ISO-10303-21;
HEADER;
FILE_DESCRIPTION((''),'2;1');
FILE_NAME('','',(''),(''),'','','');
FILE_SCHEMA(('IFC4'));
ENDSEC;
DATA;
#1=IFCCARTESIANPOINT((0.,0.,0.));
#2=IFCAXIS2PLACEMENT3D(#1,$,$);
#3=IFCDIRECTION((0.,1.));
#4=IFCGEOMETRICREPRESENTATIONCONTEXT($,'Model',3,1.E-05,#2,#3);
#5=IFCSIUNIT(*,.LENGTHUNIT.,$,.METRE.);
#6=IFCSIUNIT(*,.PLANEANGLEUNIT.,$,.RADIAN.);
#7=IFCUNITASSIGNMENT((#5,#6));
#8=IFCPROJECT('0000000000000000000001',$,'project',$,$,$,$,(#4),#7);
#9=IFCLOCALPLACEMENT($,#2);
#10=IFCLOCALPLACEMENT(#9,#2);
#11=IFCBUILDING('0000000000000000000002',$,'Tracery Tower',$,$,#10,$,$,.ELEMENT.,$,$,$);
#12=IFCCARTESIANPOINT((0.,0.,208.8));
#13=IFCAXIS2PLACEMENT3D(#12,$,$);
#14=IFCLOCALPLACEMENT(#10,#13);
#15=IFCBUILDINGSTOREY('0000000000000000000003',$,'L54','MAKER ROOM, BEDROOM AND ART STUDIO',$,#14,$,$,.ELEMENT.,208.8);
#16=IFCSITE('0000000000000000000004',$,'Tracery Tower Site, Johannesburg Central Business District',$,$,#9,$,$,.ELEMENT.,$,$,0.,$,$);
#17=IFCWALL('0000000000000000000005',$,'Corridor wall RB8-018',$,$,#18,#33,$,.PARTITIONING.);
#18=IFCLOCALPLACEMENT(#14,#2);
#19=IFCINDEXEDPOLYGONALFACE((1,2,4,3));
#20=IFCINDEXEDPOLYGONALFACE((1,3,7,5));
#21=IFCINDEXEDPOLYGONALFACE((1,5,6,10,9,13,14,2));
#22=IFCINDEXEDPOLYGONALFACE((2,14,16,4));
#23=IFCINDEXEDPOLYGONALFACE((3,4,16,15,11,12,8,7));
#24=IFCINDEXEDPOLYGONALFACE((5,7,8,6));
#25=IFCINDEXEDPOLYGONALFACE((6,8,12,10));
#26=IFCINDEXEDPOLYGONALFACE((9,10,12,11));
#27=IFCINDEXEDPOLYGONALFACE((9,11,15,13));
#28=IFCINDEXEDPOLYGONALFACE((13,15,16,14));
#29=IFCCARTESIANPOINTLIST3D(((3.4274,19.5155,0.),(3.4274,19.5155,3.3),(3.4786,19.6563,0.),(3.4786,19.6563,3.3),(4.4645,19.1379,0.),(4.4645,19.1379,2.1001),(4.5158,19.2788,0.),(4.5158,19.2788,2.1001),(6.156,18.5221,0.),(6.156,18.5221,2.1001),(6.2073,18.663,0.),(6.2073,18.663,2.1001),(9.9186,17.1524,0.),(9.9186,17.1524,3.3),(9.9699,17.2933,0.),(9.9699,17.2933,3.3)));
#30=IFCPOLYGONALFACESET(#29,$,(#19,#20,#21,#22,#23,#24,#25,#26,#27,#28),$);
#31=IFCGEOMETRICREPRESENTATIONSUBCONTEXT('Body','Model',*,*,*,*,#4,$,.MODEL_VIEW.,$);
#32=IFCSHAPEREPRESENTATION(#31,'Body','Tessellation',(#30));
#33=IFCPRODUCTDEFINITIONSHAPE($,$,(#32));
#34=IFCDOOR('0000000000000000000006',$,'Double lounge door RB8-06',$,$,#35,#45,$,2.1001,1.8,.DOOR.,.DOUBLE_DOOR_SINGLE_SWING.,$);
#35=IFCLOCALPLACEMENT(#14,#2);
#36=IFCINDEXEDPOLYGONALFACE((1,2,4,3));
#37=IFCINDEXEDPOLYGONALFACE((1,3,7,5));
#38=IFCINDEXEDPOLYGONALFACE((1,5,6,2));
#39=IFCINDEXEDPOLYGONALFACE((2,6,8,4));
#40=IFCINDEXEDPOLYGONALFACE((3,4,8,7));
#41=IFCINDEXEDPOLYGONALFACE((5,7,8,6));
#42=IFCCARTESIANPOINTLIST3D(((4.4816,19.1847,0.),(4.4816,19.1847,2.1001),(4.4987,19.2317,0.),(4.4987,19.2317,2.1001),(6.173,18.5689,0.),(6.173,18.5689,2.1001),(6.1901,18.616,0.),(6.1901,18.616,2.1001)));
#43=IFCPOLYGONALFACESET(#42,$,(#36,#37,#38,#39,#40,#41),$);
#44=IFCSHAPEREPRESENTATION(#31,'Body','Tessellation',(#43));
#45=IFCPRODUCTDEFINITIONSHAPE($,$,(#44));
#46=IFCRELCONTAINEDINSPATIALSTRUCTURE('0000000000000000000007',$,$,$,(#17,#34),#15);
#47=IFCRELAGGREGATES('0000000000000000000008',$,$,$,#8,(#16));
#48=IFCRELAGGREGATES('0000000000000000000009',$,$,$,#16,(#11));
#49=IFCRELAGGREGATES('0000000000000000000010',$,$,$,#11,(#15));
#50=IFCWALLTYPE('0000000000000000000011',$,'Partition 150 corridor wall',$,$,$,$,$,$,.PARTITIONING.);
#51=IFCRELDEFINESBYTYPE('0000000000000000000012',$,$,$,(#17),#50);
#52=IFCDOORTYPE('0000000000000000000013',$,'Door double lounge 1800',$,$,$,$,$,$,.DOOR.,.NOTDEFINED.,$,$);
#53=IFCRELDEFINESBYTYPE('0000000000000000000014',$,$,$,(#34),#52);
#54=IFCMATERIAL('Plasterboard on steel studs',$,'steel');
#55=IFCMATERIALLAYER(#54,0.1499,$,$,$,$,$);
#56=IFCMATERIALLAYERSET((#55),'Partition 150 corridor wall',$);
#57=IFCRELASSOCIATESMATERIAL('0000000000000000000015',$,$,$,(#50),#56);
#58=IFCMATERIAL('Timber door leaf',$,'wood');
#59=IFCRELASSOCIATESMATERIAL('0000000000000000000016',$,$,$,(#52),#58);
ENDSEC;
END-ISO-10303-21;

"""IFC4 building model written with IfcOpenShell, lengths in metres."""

from ifc_helpers import new_model, si_unit, direction, frame, frame_2d, origin, place, context, subcontext, project, spatial, rectangle, extrude, material, layer, layer_set, type_object, element, fill, save


model = new_model("IFC4")

# Units and contexts
model_context = context("Model", 3, precision=1e-05, world=origin(), true_north=direction((0.0, 1.0)))
body_context = subcontext(model_context, "Body", "Model", "MODEL_VIEW")
ifc_project = project(units=[si_unit("LENGTHUNIT", "METRE"), si_unit("PLANEANGLEUNIT", "RADIAN")], contexts=[model_context])

# Site, building, storey
site_placement = place(None, origin())
site = spatial("IfcSite", under=ifc_project, at=site_placement, Name="Tracery Tower Site, Johannesburg Central Business District", CompositionType="ELEMENT", RefElevation=0.0)
building_placement = place(site_placement, origin())
building = spatial("IfcBuilding", under=site, at=building_placement, Name="Tracery Tower", CompositionType="ELEMENT")
storey_placement = place(building_placement, frame((0.0, 0.0, 208.8)))
storey = spatial("IfcBuildingStorey", under=building, at=storey_placement, Name="L54", Description="MAKER ROOM, BEDROOM AND ART STUDIO", CompositionType="ELEMENT", Elevation=208.8)

# Shared definitions
ifc_material_1 = material(Name="Plasterboard on steel studs", Category="steel")
ifc_layer_1 = layer(ifc_material_1, 0.1499)
ifc_layer_set_1 = layer_set([ifc_layer_1], Name="Partition 150 corridor wall")
wall_type_1 = type_object("IfcWallType", Name="Partition 150 corridor wall", PredefinedType="PARTITIONING", material=ifc_layer_set_1)

# Wall, opening, door
wall_1_placement = place(storey_placement, frame((3.4529, 19.5859, 0.0), z_axis=(0.0, 0.0, 1.0), x_axis=(0.939673, -0.342075, 0.0)))
wall_1 = element("IfcWall", 1, at=wall_1_placement, inside=storey, type_object=wall_type_1, Name="Corridor wall RB8-018", PredefinedType="PARTITIONING", context=body_context, shape_type="SweptSolid", body=[
    extrude(rectangle(XDim=6.908, YDim=0.1499, at=frame_2d((3.4541, 0.0))), origin(), (0.0, 0.0, 1.0), 3.3),
])
opening_1_placement = place(wall_1_placement, frame((1.104, 0.0, 0.0)))
opening_1 = element("IfcOpeningElement", 2, at=opening_1_placement, cuts=wall_1, PredefinedType="OPENING", context=body_context, shape_type="SweptSolid", body=[
    extrude(rectangle(XDim=1.8, YDim=2.1001, at=frame_2d((0.8999, 1.05))), frame((0.0, 0.075, 0.0), z_axis=(0.0, -1.0, 0.0), x_axis=(1.0, 0.0, 0.0)), (0.0, 0.0, 1.0), 0.1499),
])
ifc_material_2 = material(Name="Timber door leaf", Category="wood")
door_type = type_object("IfcDoorType", Name="Door double lounge 1800", OperationType="NOTDEFINED", PredefinedType="DOOR", material=ifc_material_2)
door_placement = place(opening_1_placement, origin())
door = element("IfcDoor", 3, at=door_placement, inside=storey, type_object=door_type, Name="Double lounge door RB8-06", OperationType="DOUBLE_DOOR_SINGLE_SWING", OverallHeight=2.1001, OverallWidth=1.8, PredefinedType="DOOR", context=body_context, shape_type="SweptSolid", body=[
    extrude(rectangle(XDim=1.8, YDim=2.1001, at=frame_2d((0.8999, 1.05))), frame((0.0, 0.0249, 0.0), z_axis=(0.0, -1.0, 0.0), x_axis=(1.0, 0.0, 0.0)), (0.0, 0.0, 1.0), 0.05),
])
fill(opening_1, door)

save(model, "model.ifc")
